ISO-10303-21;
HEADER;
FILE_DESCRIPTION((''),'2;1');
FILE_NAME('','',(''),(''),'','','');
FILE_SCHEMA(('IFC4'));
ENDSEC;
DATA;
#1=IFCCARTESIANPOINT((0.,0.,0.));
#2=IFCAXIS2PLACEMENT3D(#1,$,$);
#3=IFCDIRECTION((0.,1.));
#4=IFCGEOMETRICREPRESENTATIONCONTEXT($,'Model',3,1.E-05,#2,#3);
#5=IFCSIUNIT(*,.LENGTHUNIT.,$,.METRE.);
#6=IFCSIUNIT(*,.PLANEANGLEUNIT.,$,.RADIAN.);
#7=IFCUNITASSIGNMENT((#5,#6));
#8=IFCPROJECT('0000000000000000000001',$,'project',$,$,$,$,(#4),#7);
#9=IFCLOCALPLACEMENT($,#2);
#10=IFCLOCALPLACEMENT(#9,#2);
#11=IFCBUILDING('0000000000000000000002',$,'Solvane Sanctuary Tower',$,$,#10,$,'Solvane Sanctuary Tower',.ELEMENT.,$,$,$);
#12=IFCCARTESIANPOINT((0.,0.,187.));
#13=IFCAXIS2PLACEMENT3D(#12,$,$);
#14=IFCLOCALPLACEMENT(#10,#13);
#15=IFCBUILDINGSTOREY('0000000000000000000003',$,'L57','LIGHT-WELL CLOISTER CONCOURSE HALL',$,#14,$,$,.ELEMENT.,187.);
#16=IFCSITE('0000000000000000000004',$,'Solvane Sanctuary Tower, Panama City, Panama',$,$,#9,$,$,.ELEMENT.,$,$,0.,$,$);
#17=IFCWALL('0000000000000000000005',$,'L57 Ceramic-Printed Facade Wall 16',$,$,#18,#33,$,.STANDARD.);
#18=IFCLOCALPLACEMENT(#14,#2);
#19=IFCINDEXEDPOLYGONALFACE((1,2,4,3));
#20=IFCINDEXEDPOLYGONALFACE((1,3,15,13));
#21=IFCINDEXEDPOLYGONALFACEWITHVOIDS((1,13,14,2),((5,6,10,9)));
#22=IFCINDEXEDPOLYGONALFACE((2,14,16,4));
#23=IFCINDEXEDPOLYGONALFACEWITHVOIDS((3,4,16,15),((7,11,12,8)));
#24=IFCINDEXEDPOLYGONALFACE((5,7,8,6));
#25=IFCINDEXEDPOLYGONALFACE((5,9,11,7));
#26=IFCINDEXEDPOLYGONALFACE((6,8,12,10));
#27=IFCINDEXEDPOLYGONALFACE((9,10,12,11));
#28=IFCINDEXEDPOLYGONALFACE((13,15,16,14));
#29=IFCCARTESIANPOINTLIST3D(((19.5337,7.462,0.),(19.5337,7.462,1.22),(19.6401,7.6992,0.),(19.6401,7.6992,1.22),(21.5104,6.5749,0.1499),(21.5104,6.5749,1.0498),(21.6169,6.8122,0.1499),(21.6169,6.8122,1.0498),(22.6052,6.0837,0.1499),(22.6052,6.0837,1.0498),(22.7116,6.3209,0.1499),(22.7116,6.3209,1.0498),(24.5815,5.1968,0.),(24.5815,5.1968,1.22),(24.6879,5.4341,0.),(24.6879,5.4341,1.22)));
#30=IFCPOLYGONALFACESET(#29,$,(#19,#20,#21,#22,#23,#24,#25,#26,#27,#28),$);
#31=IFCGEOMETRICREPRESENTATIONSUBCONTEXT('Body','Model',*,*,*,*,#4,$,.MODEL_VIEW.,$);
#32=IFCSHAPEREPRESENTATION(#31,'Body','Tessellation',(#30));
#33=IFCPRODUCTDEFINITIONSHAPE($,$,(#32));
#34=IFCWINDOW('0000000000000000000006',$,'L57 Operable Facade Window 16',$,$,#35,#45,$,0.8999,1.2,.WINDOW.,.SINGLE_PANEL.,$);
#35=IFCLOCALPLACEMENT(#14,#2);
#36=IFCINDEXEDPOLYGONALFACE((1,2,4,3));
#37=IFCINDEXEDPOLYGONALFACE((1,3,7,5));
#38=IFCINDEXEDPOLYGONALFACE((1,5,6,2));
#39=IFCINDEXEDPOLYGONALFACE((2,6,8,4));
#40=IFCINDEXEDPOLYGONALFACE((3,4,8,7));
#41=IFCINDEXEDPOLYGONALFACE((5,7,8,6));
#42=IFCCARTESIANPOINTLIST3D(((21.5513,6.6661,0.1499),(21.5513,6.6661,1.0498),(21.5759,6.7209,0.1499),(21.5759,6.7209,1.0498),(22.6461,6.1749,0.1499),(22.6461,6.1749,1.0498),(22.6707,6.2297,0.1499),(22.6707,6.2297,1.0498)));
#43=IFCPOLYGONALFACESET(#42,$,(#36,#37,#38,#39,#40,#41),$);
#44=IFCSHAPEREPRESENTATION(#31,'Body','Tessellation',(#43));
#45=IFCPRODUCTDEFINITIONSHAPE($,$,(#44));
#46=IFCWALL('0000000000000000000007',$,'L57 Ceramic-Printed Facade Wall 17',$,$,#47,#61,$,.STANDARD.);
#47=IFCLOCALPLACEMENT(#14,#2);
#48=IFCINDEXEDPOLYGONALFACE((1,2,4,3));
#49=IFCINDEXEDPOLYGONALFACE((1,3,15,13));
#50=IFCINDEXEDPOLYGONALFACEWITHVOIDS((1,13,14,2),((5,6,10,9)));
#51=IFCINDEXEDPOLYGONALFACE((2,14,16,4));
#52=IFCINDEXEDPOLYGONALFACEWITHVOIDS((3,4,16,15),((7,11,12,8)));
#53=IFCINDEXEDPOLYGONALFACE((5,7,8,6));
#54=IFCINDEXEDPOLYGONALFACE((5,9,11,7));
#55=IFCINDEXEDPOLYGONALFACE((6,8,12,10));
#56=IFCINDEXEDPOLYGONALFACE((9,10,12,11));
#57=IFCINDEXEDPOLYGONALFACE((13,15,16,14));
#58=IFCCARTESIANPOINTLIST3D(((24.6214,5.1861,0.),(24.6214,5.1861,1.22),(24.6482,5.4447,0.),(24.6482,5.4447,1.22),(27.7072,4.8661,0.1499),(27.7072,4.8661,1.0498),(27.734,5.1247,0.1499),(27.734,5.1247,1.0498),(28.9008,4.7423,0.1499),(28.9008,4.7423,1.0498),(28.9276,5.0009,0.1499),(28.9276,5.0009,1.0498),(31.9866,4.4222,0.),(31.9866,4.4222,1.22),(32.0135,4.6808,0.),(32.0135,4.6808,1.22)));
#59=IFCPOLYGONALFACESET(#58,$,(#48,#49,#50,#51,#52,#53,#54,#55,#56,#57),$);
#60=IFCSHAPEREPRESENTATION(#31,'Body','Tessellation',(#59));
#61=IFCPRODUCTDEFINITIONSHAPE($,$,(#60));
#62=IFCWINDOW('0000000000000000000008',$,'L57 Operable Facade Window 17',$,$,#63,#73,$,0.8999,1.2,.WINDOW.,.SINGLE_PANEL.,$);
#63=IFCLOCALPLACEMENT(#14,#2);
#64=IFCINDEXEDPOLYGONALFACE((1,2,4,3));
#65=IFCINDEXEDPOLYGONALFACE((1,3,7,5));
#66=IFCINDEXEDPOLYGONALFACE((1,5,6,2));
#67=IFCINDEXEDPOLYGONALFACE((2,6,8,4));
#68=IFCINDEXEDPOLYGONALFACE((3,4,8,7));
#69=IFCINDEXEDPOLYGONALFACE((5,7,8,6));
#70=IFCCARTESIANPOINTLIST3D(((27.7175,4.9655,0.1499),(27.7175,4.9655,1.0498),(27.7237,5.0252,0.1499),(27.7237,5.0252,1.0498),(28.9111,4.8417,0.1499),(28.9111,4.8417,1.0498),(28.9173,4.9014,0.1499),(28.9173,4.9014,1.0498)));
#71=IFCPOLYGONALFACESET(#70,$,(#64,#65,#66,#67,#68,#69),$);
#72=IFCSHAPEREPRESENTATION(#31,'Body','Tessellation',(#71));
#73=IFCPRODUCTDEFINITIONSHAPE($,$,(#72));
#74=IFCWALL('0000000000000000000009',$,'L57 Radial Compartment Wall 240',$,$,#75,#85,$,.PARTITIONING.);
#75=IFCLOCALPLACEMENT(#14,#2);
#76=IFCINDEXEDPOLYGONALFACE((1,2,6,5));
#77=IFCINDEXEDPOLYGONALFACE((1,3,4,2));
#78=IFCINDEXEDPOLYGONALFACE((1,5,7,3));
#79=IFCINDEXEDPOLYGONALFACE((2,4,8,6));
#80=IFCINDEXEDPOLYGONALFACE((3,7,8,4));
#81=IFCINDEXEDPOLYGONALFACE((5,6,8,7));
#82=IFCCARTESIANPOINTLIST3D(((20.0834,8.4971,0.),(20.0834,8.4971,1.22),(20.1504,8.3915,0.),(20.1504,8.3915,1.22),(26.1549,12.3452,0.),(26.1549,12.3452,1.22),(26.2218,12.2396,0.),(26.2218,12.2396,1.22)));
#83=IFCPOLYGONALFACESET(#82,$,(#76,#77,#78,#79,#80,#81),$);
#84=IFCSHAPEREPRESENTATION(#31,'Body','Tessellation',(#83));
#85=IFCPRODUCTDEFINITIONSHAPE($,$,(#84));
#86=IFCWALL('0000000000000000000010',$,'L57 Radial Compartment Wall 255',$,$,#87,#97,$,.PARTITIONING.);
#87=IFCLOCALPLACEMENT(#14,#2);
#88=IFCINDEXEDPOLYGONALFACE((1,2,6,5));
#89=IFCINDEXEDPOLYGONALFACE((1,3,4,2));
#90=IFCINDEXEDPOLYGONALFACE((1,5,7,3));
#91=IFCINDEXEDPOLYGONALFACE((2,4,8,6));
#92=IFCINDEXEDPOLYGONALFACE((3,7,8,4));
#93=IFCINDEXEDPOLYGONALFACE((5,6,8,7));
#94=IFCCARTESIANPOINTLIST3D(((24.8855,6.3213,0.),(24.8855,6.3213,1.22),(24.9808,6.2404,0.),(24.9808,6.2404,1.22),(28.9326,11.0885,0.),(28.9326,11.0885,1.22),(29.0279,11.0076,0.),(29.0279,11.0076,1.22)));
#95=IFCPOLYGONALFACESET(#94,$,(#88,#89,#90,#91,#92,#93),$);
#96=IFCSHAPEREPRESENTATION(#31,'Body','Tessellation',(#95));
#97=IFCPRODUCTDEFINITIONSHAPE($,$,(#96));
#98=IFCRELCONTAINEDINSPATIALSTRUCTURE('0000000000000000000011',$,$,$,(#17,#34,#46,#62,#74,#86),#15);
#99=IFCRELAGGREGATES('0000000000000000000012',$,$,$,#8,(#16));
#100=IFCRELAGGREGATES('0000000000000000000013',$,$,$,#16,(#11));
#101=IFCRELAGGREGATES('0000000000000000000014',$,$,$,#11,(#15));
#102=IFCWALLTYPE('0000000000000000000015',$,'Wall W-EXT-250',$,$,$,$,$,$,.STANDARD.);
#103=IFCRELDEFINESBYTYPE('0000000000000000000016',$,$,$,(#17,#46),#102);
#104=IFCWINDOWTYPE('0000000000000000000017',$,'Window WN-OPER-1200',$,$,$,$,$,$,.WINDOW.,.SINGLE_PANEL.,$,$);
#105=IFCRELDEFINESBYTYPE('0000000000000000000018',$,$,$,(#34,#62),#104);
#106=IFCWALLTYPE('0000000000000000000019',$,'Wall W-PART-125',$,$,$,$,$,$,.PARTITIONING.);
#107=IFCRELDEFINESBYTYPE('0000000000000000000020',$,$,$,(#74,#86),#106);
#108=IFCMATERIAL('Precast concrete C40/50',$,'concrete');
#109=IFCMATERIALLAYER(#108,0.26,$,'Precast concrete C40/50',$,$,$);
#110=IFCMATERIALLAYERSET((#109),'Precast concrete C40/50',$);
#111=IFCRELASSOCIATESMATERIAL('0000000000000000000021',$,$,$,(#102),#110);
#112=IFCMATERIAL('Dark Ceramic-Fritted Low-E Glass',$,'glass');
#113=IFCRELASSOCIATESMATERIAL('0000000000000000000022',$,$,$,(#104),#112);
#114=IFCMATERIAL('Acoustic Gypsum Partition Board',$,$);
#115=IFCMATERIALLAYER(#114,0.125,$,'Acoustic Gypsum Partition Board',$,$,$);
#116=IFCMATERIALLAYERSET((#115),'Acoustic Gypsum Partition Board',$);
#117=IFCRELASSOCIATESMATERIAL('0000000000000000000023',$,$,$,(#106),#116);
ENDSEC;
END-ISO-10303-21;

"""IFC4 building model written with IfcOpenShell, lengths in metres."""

from ifc_helpers import new_model, si_unit, direction, frame, frame_2d, origin, place, context, subcontext, project, spatial, rectangle, extrude, material, layer, layer_set, type_object, element, fill, save


model = new_model("IFC4")

# Units and contexts
model_context = context("Model", 3, precision=1e-05, world=origin(), true_north=direction((0.0, 1.0)))
body_context = subcontext(model_context, "Body", "Model", "MODEL_VIEW")
ifc_project = project(units=[si_unit("LENGTHUNIT", "METRE"), si_unit("PLANEANGLEUNIT", "RADIAN")], contexts=[model_context])

# Site, building, storey
site_placement = place(None, origin())
site = spatial("IfcSite", under=ifc_project, at=site_placement, Name="Solvane Sanctuary Tower, Panama City, Panama", CompositionType="ELEMENT", RefElevation=0.0)
building_placement = place(site_placement, origin())
building = spatial("IfcBuilding", under=site, at=building_placement, Name="Solvane Sanctuary Tower", LongName="Solvane Sanctuary Tower", CompositionType="ELEMENT")
storey_placement = place(building_placement, frame((0.0, 0.0, 187.0)))
storey = spatial("IfcBuildingStorey", under=building, at=storey_placement, Name="L57", Description="LIGHT-WELL CLOISTER CONCOURSE HALL", CompositionType="ELEMENT", Elevation=187.0)

# Shared definitions
ifc_material_1 = material(Name="Acoustic Gypsum Partition Board")

# Walls, openings, windows
ifc_material_2 = material(Name="Precast concrete C40/50", Category="concrete")
ifc_layer_1 = layer(ifc_material_2, 0.26, Name="Precast concrete C40/50")
ifc_layer_set_1 = layer_set([ifc_layer_1], Name="Precast concrete C40/50")
wall_type_1 = type_object("IfcWallType", Name="Wall W-EXT-250", PredefinedType="STANDARD", material=ifc_layer_set_1)
wall_1_placement = place(storey_placement, frame((19.5869, 7.5806, 0.0), z_axis=(0.0, 0.0, 1.0), x_axis=(0.912354, -0.409403, 0.0)))
wall_1 = element("IfcWall", 1, at=wall_1_placement, inside=storey, type_object=wall_type_1, Name="L57 Ceramic-Printed Facade Wall 16", PredefinedType="STANDARD", context=body_context, shape_type="SweptSolid", body=[
    extrude(rectangle(XDim=5.5327, YDim=0.26, at=frame_2d((2.7664, 0.0))), origin(), (0.0, 0.0, 1.0), 1.22),
])
opening_1_placement = place(wall_1_placement, frame((2.1665, 0.0, 0.1499)))
opening_1 = element("IfcOpeningElement", 2, at=opening_1_placement, cuts=wall_1, PredefinedType="OPENING", context=body_context, shape_type="SweptSolid", body=[
    extrude(rectangle(XDim=1.2, YDim=0.8999, at=frame_2d((0.6001, 0.45))), frame((0.0, 0.1399, 0.0), z_axis=(0.0, -1.0, 0.0), x_axis=(1.0, 0.0, 0.0)), (0.0, 0.0, 1.0), 0.28),
])
ifc_material_3 = material(Name="Dark Ceramic-Fritted Low-E Glass", Category="glass")
window_type = type_object("IfcWindowType", Name="Window WN-OPER-1200", PartitioningType="SINGLE_PANEL", PredefinedType="WINDOW", material=ifc_material_3)
window_1_placement = place(opening_1_placement, origin())
window_1 = element("IfcWindow", 3, at=window_1_placement, inside=storey, type_object=window_type, Name="L57 Operable Facade Window 16", OverallHeight=0.8999, OverallWidth=1.2, PartitioningType="SINGLE_PANEL", PredefinedType="WINDOW", context=body_context, shape_type="SweptSolid", body=[
    extrude(rectangle(XDim=1.2, YDim=0.8999, at=frame_2d((0.6001, 0.45))), frame((0.0, 0.03, 0.0), z_axis=(0.0, -1.0, 0.0), x_axis=(1.0, 0.0, 0.0)), (0.0, 0.0, 1.0), 0.0601),
])
fill(opening_1, window_1)
wall_2_placement = place(storey_placement, frame((24.6348, 5.3154, 0.0), z_axis=(0.0, 0.0, 1.0), x_axis=(0.994664, -0.103166, 0.0)))
wall_2 = element("IfcWall", 4, at=wall_2_placement, inside=storey, type_object=wall_type_1, Name="L57 Ceramic-Printed Facade Wall 17", PredefinedType="STANDARD", context=body_context, shape_type="SweptSolid", body=[
    extrude(rectangle(XDim=7.4048, YDim=0.26, at=frame_2d((3.7024, 0.0))), origin(), (0.0, 0.0, 1.0), 1.22),
])
opening_2_placement = place(wall_2_placement, frame((3.1023, 0.0, 0.1499)))
opening_2 = element("IfcOpeningElement", 5, at=opening_2_placement, cuts=wall_2, PredefinedType="OPENING", context=body_context, shape_type="SweptSolid", body=[
    extrude(rectangle(XDim=1.2, YDim=0.8999, at=frame_2d((0.6001, 0.45))), frame((0.0, 0.1399, 0.0), z_axis=(0.0, -1.0, 0.0), x_axis=(1.0, 0.0, 0.0)), (0.0, 0.0, 1.0), 0.28),
])
window_2_placement = place(opening_2_placement, origin())
window_2 = element("IfcWindow", 6, at=window_2_placement, inside=storey, type_object=window_type, Name="L57 Operable Facade Window 17", OverallHeight=0.8999, OverallWidth=1.2, PartitioningType="SINGLE_PANEL", PredefinedType="WINDOW", context=body_context, shape_type="SweptSolid", body=[
    extrude(rectangle(XDim=1.2, YDim=0.8999, at=frame_2d((0.6001, 0.45))), frame((0.0, 0.03, 0.0), z_axis=(0.0, -1.0, 0.0), x_axis=(1.0, 0.0, 0.0)), (0.0, 0.0, 1.0), 0.0601),
])
fill(opening_2, window_2)

# Walls
ifc_layer_2 = layer(ifc_material_1, 0.125, Name="Acoustic Gypsum Partition Board")
ifc_layer_set_2 = layer_set([ifc_layer_2], Name="Acoustic Gypsum Partition Board")
wall_type_2 = type_object("IfcWallType", Name="Wall W-PART-125", PredefinedType="PARTITIONING", material=ifc_layer_set_2)
wall_3_placement = place(storey_placement, frame((26.1885, 12.2925, 0.0), z_axis=(0.0, 0.0, 1.0), x_axis=(-0.84464, -0.535334, 0.0)))
element("IfcWall", 7, at=wall_3_placement, inside=storey, type_object=wall_type_2, Name="L57 Radial Compartment Wall 240", PredefinedType="PARTITIONING", context=body_context, shape_type="SweptSolid", body=[
    extrude(rectangle(XDim=7.1882, YDim=0.125, at=frame_2d((3.5942, 0.0))), origin(), (0.0, 0.0, 1.0), 1.22),
])
wall_4_placement = place(storey_placement, frame((28.9802, 11.0481, 0.0), z_axis=(0.0, 0.0, 1.0), x_axis=(-0.647173, -0.762343, 0.0)))
element("IfcWall", 8, at=wall_4_placement, inside=storey, type_object=wall_type_2, Name="L57 Radial Compartment Wall 255", PredefinedType="PARTITIONING", context=body_context, shape_type="SweptSolid", body=[
    extrude(rectangle(XDim=6.2534, YDim=0.125, at=frame_2d((3.1267, 0.0))), origin(), (0.0, 0.0, 1.0), 1.22),
])

save(model, "model.ifc")
